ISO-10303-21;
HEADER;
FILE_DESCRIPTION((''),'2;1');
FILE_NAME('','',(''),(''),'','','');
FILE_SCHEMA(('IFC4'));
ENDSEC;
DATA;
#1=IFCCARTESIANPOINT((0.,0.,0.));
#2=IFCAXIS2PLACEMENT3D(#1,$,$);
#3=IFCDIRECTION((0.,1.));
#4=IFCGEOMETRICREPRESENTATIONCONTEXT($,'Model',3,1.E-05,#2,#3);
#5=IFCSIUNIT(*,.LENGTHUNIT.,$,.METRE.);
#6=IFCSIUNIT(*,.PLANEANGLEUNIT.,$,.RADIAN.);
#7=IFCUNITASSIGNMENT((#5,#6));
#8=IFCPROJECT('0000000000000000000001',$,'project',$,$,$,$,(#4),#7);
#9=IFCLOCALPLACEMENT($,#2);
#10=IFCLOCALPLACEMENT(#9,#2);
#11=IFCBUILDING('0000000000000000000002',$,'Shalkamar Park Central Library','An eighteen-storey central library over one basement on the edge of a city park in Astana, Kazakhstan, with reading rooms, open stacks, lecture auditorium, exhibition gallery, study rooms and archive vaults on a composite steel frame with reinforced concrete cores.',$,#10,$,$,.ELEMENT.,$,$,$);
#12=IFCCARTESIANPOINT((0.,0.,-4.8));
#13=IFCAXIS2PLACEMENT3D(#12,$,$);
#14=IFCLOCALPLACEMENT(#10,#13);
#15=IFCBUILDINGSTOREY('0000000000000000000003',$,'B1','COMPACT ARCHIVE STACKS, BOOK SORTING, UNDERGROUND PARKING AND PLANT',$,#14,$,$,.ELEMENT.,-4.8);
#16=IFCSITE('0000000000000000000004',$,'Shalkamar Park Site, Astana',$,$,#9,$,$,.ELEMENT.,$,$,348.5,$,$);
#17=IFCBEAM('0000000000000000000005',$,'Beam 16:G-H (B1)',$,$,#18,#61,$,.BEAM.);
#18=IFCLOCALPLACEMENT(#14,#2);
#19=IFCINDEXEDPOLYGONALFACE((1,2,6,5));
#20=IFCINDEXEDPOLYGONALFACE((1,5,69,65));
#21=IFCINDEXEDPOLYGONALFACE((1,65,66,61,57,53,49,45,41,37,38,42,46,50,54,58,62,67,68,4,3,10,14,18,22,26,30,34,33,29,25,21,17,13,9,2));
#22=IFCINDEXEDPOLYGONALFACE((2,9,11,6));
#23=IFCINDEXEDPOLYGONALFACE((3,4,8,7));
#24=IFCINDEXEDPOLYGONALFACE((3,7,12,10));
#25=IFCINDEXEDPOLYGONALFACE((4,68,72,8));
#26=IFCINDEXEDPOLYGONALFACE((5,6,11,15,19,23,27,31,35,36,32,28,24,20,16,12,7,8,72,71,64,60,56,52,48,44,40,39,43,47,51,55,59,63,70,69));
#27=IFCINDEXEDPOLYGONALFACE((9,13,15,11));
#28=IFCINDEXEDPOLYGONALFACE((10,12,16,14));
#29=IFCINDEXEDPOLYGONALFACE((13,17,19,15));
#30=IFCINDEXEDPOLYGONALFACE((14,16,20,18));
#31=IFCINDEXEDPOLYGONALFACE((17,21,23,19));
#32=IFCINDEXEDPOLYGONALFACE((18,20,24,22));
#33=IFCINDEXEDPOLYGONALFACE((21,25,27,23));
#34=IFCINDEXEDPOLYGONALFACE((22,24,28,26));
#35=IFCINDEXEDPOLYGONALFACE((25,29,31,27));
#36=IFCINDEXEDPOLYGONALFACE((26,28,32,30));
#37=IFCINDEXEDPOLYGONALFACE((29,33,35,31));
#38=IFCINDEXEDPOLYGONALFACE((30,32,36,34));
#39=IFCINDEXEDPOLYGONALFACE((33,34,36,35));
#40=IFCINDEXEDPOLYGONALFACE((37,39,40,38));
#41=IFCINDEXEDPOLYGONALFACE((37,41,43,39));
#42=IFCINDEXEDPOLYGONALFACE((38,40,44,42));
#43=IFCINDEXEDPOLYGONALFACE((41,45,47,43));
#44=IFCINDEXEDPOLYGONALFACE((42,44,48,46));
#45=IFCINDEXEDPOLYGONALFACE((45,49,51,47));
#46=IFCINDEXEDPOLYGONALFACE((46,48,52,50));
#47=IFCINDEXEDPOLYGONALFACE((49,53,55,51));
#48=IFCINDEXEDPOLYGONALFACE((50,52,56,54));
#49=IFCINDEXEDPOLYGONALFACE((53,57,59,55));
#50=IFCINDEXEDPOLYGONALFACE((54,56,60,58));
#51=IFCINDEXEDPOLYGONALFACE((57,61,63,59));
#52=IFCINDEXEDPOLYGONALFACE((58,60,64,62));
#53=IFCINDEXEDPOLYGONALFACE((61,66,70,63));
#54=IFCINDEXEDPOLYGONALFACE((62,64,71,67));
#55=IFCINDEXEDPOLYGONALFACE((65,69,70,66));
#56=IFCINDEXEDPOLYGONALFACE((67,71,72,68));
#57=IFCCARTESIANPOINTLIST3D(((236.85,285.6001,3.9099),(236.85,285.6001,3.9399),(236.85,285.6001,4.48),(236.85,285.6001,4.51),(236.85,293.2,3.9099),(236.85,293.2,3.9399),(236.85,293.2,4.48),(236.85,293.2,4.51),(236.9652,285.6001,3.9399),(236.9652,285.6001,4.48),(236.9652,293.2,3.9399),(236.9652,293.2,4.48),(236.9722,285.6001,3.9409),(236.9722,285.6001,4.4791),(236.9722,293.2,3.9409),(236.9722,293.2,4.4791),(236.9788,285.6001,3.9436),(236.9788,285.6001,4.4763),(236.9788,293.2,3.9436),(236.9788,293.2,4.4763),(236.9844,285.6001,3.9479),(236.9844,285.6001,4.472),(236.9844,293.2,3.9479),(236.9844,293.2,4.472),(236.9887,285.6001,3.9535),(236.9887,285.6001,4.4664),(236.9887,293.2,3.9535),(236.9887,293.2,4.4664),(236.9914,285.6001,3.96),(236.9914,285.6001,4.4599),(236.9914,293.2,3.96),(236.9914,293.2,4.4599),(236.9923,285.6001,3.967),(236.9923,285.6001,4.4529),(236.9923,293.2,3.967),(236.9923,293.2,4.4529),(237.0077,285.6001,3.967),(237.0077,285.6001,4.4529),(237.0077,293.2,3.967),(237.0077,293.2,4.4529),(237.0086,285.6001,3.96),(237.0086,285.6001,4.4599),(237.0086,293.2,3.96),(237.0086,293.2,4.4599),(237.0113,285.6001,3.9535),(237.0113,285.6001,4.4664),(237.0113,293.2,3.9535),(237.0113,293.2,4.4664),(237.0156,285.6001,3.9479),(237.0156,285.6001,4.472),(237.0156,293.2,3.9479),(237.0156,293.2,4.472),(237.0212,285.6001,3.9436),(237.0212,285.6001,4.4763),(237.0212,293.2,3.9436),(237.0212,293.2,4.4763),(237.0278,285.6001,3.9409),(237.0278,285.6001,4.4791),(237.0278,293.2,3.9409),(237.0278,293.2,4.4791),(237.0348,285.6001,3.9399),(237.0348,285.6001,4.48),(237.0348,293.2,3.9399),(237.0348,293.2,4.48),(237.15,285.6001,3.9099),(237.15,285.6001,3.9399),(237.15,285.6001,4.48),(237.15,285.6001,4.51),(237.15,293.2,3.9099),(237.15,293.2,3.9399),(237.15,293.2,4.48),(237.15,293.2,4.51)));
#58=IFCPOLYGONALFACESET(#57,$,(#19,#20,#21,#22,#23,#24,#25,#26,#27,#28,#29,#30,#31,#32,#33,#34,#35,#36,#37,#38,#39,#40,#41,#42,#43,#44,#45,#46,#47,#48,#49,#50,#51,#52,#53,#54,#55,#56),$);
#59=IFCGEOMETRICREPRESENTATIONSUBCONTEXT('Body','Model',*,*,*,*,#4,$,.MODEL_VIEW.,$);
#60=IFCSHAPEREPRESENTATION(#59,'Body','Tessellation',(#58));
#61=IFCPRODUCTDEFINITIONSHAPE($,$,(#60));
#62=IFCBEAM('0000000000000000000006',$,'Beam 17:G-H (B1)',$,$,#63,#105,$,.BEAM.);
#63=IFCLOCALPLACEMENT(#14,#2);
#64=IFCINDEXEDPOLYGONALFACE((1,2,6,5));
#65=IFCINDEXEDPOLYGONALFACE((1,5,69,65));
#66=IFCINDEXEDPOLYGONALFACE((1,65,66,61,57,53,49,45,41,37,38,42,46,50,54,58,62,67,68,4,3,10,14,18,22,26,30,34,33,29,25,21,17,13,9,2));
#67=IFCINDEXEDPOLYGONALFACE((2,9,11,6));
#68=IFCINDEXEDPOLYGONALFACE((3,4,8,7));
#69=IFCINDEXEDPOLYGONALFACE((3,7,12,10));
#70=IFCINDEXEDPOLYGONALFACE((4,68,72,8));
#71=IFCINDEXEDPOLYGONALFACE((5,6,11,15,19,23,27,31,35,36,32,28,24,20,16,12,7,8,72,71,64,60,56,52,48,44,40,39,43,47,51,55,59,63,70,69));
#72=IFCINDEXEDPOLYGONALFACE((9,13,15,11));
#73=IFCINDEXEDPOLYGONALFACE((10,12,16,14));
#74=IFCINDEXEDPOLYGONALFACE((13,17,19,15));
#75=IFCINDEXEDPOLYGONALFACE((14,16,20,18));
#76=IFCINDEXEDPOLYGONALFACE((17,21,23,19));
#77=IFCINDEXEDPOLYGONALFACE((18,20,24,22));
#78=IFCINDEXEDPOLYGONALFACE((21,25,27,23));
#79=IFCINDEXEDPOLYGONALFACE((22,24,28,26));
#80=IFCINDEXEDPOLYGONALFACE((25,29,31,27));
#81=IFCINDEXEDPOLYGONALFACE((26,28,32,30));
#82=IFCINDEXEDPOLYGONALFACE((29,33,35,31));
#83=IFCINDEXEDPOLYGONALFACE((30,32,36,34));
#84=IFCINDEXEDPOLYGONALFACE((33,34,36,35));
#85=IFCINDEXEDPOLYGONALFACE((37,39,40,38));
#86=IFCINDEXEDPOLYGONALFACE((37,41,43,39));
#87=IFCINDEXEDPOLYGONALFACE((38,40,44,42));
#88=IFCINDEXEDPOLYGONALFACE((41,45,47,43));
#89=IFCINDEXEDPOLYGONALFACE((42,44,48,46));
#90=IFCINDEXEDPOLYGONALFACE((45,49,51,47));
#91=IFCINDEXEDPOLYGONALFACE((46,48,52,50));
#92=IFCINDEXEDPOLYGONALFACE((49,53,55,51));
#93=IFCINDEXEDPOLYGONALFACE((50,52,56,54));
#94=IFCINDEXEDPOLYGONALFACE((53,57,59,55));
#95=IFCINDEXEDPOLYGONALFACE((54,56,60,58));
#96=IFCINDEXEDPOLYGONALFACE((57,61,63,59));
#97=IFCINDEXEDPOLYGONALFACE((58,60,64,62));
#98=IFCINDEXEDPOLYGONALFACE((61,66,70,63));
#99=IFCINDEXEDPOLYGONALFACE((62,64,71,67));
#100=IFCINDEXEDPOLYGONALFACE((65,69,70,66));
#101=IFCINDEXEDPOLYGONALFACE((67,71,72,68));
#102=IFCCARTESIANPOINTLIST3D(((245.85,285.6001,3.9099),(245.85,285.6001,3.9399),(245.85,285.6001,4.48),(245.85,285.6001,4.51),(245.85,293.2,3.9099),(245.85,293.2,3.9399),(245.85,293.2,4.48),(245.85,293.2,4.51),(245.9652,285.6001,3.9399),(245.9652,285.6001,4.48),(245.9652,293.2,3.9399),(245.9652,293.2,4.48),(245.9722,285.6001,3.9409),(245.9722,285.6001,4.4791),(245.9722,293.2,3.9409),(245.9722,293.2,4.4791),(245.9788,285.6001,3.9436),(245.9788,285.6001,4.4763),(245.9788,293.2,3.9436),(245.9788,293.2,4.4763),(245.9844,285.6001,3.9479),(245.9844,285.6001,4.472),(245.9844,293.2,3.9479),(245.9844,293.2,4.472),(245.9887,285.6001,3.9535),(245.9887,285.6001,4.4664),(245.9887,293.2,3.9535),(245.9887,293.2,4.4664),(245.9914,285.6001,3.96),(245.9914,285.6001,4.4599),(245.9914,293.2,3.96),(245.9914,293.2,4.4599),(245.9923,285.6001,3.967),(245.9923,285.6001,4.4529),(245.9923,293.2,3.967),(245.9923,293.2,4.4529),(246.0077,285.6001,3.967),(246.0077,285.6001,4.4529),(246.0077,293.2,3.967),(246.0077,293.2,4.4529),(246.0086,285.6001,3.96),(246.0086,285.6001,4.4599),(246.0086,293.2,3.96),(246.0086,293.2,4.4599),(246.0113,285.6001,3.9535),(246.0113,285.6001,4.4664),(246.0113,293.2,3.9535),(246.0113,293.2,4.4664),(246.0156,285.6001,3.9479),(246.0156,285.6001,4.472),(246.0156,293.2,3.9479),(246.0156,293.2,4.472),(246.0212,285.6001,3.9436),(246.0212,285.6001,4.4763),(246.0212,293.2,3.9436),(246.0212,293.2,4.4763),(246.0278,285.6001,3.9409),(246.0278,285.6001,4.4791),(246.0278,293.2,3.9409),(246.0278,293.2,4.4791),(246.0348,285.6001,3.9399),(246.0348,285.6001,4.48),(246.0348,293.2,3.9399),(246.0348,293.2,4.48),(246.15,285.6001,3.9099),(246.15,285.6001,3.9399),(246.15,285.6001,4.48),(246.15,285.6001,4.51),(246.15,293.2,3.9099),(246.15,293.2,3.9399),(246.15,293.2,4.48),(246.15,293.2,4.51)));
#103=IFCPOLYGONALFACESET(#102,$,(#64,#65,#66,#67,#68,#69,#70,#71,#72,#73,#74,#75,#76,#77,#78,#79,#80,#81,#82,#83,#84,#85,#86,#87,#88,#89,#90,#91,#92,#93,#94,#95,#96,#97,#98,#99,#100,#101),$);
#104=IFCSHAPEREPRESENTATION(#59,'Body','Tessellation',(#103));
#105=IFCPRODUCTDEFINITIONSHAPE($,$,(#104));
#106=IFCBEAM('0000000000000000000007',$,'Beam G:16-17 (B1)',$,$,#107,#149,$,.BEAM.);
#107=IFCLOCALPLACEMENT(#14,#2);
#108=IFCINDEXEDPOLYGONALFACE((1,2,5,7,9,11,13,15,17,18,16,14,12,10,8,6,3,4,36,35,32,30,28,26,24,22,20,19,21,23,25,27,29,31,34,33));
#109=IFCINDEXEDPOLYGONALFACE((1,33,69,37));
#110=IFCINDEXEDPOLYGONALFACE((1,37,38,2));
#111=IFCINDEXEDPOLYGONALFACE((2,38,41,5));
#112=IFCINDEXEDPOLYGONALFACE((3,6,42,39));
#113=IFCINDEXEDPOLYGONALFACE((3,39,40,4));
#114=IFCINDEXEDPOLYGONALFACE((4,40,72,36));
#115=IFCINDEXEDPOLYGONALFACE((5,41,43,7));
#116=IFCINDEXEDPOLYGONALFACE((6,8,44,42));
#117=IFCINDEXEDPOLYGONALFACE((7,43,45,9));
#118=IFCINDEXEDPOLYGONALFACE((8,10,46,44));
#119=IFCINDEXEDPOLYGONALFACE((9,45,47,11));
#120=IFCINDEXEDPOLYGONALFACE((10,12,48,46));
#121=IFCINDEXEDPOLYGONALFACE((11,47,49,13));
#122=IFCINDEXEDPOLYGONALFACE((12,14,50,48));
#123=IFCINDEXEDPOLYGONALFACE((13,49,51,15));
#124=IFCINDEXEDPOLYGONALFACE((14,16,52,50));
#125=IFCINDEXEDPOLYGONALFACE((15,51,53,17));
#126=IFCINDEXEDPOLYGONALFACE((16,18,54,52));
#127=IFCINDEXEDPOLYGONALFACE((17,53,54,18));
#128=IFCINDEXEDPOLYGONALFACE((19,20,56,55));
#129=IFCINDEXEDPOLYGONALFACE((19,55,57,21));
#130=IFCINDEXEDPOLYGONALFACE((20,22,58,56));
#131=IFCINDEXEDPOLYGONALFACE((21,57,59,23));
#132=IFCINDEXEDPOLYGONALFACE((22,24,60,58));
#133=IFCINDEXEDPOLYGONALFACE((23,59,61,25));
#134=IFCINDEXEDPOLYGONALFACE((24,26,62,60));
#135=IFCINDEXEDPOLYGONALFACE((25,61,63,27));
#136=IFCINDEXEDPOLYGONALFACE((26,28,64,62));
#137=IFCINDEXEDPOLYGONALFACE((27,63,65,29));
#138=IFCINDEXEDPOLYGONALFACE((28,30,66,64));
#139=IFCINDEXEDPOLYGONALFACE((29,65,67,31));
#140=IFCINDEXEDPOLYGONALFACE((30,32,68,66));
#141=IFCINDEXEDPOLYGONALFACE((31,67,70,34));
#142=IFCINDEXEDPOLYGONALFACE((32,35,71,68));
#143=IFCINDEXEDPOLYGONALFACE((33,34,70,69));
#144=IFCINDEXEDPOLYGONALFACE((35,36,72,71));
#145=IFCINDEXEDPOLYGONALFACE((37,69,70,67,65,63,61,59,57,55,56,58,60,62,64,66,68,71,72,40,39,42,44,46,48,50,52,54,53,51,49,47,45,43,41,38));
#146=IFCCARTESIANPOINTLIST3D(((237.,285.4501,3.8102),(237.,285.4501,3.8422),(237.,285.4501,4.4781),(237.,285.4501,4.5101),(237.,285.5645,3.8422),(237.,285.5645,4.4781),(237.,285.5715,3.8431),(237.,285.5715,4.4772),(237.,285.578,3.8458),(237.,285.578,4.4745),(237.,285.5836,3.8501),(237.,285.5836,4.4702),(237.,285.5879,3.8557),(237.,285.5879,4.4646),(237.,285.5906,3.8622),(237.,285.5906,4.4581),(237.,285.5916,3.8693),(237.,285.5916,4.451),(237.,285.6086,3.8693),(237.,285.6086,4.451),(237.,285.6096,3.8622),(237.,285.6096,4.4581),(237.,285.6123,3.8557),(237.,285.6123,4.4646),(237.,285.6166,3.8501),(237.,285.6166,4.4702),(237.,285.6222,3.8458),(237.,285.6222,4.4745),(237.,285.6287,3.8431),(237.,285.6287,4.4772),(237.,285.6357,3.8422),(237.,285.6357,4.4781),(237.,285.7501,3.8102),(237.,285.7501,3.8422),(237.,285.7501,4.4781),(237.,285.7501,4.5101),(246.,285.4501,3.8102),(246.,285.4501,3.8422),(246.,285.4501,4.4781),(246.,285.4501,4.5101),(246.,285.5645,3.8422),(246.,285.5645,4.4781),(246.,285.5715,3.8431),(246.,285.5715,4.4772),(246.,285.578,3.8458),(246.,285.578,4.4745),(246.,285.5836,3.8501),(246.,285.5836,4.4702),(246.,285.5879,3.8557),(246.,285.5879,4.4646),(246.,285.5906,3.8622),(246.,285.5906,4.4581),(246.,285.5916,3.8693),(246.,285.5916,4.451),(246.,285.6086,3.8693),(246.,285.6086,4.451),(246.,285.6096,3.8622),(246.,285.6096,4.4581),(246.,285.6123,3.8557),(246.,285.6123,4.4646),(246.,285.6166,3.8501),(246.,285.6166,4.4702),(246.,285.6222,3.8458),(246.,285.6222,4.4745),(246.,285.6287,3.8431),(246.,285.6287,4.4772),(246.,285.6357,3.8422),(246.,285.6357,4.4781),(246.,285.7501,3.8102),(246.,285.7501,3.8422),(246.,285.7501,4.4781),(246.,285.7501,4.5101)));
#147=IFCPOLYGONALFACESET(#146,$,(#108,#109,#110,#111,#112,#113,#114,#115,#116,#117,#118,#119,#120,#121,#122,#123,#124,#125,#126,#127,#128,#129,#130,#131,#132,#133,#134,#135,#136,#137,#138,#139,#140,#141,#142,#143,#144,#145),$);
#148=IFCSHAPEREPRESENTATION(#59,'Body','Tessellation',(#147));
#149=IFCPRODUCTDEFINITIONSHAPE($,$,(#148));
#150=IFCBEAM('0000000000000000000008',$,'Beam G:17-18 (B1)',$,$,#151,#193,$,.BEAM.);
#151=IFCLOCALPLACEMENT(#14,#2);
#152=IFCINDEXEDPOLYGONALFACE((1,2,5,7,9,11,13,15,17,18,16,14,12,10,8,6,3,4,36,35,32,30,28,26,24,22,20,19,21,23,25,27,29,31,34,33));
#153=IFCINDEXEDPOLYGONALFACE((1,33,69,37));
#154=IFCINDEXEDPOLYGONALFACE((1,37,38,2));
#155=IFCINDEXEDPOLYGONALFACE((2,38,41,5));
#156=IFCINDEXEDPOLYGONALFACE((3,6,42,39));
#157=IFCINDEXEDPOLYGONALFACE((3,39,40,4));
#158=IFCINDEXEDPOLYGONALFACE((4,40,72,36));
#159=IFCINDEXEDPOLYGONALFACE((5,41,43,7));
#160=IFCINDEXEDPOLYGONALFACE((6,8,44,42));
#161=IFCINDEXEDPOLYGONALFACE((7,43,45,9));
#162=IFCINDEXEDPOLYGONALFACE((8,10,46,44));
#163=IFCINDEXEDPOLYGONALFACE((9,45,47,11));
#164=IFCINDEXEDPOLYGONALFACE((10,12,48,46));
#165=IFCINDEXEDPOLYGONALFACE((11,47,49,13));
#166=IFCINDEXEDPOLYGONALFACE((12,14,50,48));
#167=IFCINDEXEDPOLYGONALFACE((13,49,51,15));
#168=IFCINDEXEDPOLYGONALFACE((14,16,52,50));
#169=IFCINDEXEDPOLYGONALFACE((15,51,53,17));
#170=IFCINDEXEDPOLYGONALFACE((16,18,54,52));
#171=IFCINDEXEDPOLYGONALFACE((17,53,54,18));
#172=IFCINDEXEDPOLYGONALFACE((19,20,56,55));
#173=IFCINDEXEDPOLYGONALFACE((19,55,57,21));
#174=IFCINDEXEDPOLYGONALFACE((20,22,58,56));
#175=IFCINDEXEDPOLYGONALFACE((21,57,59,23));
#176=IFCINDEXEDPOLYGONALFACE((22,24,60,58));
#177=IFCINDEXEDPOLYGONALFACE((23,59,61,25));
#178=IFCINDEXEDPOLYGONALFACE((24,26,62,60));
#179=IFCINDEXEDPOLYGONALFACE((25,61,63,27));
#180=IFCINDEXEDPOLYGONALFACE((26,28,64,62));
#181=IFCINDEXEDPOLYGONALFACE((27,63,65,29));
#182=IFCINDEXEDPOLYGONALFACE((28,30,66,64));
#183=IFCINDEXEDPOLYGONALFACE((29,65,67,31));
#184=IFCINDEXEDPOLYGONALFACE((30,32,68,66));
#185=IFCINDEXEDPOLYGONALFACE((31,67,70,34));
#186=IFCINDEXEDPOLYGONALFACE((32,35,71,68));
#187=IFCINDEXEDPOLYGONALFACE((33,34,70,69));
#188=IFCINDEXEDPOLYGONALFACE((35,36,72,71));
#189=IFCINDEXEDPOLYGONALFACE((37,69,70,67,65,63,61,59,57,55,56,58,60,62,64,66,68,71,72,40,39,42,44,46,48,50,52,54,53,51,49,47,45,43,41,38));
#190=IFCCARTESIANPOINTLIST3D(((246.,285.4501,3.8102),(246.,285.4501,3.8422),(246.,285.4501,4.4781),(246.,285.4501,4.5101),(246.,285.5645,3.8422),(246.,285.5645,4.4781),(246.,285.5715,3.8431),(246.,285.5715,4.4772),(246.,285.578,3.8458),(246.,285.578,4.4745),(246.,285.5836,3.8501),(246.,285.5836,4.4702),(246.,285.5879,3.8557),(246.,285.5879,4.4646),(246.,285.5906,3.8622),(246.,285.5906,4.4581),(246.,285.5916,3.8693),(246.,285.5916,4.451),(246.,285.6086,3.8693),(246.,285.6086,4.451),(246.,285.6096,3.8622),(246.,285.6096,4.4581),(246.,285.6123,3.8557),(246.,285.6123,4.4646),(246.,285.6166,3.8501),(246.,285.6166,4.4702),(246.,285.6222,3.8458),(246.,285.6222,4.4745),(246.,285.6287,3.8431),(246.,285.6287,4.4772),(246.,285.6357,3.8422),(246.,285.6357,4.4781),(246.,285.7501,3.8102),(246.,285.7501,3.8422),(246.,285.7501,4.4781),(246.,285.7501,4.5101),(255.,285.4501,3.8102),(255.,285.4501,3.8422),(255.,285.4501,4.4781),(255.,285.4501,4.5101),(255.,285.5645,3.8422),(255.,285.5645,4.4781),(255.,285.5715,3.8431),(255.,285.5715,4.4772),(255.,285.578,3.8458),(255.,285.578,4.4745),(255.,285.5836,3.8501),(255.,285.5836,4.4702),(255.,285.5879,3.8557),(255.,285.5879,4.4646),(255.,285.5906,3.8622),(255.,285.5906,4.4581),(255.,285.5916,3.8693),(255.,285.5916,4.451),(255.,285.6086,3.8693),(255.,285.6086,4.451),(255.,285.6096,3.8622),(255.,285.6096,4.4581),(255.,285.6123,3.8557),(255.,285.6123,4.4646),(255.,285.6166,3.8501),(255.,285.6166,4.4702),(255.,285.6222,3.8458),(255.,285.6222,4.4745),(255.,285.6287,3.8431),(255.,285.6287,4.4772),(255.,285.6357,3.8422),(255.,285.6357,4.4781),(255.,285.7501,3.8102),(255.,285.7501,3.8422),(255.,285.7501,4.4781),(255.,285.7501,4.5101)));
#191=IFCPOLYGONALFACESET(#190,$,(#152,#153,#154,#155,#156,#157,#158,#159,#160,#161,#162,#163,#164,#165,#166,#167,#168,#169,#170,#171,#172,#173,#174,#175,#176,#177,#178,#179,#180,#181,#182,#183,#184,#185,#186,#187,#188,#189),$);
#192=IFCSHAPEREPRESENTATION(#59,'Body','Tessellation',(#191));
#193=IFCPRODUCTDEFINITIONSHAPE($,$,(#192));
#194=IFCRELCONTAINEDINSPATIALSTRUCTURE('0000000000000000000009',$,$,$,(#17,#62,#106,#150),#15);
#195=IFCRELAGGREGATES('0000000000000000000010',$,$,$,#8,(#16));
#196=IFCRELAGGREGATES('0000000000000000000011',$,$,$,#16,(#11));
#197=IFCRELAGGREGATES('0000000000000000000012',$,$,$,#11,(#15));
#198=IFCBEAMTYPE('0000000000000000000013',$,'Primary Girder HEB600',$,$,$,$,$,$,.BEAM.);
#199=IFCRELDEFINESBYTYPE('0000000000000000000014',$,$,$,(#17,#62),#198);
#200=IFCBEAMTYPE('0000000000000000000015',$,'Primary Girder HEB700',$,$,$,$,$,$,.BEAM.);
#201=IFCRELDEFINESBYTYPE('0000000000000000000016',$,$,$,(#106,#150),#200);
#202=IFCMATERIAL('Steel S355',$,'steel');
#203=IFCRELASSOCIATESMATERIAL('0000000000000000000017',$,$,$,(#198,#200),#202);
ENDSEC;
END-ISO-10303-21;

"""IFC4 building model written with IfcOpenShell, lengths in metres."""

from ifc_helpers import new_model, si_unit, direction, frame, origin, origin_2d, place, context, subcontext, project, spatial, i_section, extrude, material, material_profile, profile_set, type_object, element, save


model = new_model("IFC4")

# Units and contexts
model_context = context("Model", 3, precision=1e-05, world=origin(), true_north=direction((0.0, 1.0)))
body_context = subcontext(model_context, "Body", "Model", "MODEL_VIEW")
ifc_project = project(units=[si_unit("LENGTHUNIT", "METRE"), si_unit("PLANEANGLEUNIT", "RADIAN")], contexts=[model_context])

# Site, building, storey
site_placement = place(None, origin())
site = spatial("IfcSite", under=ifc_project, at=site_placement, Name="Shalkamar Park Site, Astana", CompositionType="ELEMENT", RefElevation=348.5)
building_placement = place(site_placement, origin())
building = spatial("IfcBuilding", under=site, at=building_placement, Name="Shalkamar Park Central Library", Description="An eighteen-storey central library over one basement on the edge of a city park in Astana, Kazakhstan, with reading rooms, open stacks, lecture auditorium, exhibition gallery, study rooms and archive vaults on a composite steel frame with reinforced concrete cores.", CompositionType="ELEMENT")
storey_placement = place(building_placement, frame((0.0, 0.0, -4.8)))
storey = spatial("IfcBuildingStorey", under=building, at=storey_placement, Name="B1", Description="COMPACT ARCHIVE STACKS, BOOK SORTING, UNDERGROUND PARKING AND PLANT", CompositionType="ELEMENT", Elevation=-4.8)

# Shared definitions
ifc_material_1 = material(Name="Steel S355", Category="steel")

# Beams
ifc_material_profile_1 = material_profile(ifc_material_1, i_section(OverallWidth=0.3, OverallDepth=0.6001, WebThickness=0.0154, FlangeThickness=0.03, FilletRadius=0.0271, at=origin_2d()), Name="HEB 600")
ifc_profile_set_1 = profile_set([ifc_material_profile_1], Name="Steel S355")
beam_type_1 = type_object("IfcBeamType", Name="Primary Girder HEB600", PredefinedType="BEAM", material=ifc_profile_set_1)
for number, where, z_axis, x_axis, name in (
    (1, (237.0, 285.6001, 4.21), (0.0, 1.0, 0.0), (-1.0, 0.0, 0.0), "Beam 16:G-H (B1)"),
    (2, (246.0, 285.6001, 4.21), (0.0, 1.0, 0.0), (-1.0, 0.0, 0.0), "Beam 17:G-H (B1)"),
):
    element("IfcBeam", number, at=place(storey_placement, frame(where, z_axis=z_axis, x_axis=x_axis)), inside=storey, type_object=beam_type_1, Name=name, PredefinedType="BEAM", context=body_context, shape_type="SweptSolid", body=[
        extrude(i_section(OverallWidth=0.3, OverallDepth=0.6001, WebThickness=0.0154, FlangeThickness=0.03, FilletRadius=0.0271, at=origin_2d()), origin(), (0.0, 0.0, 1.0), 7.5999),
    ])
ifc_material_profile_2 = material_profile(ifc_material_1, i_section(OverallWidth=0.3, OverallDepth=0.7, WebThickness=0.0171, FlangeThickness=0.032, FilletRadius=0.0271, at=origin_2d()), Name="HEB 700")
ifc_profile_set_2 = profile_set([ifc_material_profile_2], Name="Steel S355")
beam_type_2 = type_object("IfcBeamType", Name="Primary Girder HEB700", PredefinedType="BEAM", material=ifc_profile_set_2)
for number, where, z_axis, x_axis, name in (
    (3, (237.0, 285.6001, 4.1602), (1.0, 0.0, 0.0), (0.0, 1.0, 0.0), "Beam G:16-17 (B1)"),
    (4, (246.0, 285.6001, 4.1602), (1.0, 0.0, 0.0), (0.0, 1.0, 0.0), "Beam G:17-18 (B1)"),
):
    element("IfcBeam", number, at=place(storey_placement, frame(where, z_axis=z_axis, x_axis=x_axis)), inside=storey, type_object=beam_type_2, Name=name, PredefinedType="BEAM", context=body_context, shape_type="SweptSolid", body=[
        extrude(i_section(OverallWidth=0.3, OverallDepth=0.7, WebThickness=0.0171, FlangeThickness=0.032, FilletRadius=0.0271, at=origin_2d()), origin(), (0.0, 0.0, 1.0), 9.0),
    ])

save(model, "model.ifc")
